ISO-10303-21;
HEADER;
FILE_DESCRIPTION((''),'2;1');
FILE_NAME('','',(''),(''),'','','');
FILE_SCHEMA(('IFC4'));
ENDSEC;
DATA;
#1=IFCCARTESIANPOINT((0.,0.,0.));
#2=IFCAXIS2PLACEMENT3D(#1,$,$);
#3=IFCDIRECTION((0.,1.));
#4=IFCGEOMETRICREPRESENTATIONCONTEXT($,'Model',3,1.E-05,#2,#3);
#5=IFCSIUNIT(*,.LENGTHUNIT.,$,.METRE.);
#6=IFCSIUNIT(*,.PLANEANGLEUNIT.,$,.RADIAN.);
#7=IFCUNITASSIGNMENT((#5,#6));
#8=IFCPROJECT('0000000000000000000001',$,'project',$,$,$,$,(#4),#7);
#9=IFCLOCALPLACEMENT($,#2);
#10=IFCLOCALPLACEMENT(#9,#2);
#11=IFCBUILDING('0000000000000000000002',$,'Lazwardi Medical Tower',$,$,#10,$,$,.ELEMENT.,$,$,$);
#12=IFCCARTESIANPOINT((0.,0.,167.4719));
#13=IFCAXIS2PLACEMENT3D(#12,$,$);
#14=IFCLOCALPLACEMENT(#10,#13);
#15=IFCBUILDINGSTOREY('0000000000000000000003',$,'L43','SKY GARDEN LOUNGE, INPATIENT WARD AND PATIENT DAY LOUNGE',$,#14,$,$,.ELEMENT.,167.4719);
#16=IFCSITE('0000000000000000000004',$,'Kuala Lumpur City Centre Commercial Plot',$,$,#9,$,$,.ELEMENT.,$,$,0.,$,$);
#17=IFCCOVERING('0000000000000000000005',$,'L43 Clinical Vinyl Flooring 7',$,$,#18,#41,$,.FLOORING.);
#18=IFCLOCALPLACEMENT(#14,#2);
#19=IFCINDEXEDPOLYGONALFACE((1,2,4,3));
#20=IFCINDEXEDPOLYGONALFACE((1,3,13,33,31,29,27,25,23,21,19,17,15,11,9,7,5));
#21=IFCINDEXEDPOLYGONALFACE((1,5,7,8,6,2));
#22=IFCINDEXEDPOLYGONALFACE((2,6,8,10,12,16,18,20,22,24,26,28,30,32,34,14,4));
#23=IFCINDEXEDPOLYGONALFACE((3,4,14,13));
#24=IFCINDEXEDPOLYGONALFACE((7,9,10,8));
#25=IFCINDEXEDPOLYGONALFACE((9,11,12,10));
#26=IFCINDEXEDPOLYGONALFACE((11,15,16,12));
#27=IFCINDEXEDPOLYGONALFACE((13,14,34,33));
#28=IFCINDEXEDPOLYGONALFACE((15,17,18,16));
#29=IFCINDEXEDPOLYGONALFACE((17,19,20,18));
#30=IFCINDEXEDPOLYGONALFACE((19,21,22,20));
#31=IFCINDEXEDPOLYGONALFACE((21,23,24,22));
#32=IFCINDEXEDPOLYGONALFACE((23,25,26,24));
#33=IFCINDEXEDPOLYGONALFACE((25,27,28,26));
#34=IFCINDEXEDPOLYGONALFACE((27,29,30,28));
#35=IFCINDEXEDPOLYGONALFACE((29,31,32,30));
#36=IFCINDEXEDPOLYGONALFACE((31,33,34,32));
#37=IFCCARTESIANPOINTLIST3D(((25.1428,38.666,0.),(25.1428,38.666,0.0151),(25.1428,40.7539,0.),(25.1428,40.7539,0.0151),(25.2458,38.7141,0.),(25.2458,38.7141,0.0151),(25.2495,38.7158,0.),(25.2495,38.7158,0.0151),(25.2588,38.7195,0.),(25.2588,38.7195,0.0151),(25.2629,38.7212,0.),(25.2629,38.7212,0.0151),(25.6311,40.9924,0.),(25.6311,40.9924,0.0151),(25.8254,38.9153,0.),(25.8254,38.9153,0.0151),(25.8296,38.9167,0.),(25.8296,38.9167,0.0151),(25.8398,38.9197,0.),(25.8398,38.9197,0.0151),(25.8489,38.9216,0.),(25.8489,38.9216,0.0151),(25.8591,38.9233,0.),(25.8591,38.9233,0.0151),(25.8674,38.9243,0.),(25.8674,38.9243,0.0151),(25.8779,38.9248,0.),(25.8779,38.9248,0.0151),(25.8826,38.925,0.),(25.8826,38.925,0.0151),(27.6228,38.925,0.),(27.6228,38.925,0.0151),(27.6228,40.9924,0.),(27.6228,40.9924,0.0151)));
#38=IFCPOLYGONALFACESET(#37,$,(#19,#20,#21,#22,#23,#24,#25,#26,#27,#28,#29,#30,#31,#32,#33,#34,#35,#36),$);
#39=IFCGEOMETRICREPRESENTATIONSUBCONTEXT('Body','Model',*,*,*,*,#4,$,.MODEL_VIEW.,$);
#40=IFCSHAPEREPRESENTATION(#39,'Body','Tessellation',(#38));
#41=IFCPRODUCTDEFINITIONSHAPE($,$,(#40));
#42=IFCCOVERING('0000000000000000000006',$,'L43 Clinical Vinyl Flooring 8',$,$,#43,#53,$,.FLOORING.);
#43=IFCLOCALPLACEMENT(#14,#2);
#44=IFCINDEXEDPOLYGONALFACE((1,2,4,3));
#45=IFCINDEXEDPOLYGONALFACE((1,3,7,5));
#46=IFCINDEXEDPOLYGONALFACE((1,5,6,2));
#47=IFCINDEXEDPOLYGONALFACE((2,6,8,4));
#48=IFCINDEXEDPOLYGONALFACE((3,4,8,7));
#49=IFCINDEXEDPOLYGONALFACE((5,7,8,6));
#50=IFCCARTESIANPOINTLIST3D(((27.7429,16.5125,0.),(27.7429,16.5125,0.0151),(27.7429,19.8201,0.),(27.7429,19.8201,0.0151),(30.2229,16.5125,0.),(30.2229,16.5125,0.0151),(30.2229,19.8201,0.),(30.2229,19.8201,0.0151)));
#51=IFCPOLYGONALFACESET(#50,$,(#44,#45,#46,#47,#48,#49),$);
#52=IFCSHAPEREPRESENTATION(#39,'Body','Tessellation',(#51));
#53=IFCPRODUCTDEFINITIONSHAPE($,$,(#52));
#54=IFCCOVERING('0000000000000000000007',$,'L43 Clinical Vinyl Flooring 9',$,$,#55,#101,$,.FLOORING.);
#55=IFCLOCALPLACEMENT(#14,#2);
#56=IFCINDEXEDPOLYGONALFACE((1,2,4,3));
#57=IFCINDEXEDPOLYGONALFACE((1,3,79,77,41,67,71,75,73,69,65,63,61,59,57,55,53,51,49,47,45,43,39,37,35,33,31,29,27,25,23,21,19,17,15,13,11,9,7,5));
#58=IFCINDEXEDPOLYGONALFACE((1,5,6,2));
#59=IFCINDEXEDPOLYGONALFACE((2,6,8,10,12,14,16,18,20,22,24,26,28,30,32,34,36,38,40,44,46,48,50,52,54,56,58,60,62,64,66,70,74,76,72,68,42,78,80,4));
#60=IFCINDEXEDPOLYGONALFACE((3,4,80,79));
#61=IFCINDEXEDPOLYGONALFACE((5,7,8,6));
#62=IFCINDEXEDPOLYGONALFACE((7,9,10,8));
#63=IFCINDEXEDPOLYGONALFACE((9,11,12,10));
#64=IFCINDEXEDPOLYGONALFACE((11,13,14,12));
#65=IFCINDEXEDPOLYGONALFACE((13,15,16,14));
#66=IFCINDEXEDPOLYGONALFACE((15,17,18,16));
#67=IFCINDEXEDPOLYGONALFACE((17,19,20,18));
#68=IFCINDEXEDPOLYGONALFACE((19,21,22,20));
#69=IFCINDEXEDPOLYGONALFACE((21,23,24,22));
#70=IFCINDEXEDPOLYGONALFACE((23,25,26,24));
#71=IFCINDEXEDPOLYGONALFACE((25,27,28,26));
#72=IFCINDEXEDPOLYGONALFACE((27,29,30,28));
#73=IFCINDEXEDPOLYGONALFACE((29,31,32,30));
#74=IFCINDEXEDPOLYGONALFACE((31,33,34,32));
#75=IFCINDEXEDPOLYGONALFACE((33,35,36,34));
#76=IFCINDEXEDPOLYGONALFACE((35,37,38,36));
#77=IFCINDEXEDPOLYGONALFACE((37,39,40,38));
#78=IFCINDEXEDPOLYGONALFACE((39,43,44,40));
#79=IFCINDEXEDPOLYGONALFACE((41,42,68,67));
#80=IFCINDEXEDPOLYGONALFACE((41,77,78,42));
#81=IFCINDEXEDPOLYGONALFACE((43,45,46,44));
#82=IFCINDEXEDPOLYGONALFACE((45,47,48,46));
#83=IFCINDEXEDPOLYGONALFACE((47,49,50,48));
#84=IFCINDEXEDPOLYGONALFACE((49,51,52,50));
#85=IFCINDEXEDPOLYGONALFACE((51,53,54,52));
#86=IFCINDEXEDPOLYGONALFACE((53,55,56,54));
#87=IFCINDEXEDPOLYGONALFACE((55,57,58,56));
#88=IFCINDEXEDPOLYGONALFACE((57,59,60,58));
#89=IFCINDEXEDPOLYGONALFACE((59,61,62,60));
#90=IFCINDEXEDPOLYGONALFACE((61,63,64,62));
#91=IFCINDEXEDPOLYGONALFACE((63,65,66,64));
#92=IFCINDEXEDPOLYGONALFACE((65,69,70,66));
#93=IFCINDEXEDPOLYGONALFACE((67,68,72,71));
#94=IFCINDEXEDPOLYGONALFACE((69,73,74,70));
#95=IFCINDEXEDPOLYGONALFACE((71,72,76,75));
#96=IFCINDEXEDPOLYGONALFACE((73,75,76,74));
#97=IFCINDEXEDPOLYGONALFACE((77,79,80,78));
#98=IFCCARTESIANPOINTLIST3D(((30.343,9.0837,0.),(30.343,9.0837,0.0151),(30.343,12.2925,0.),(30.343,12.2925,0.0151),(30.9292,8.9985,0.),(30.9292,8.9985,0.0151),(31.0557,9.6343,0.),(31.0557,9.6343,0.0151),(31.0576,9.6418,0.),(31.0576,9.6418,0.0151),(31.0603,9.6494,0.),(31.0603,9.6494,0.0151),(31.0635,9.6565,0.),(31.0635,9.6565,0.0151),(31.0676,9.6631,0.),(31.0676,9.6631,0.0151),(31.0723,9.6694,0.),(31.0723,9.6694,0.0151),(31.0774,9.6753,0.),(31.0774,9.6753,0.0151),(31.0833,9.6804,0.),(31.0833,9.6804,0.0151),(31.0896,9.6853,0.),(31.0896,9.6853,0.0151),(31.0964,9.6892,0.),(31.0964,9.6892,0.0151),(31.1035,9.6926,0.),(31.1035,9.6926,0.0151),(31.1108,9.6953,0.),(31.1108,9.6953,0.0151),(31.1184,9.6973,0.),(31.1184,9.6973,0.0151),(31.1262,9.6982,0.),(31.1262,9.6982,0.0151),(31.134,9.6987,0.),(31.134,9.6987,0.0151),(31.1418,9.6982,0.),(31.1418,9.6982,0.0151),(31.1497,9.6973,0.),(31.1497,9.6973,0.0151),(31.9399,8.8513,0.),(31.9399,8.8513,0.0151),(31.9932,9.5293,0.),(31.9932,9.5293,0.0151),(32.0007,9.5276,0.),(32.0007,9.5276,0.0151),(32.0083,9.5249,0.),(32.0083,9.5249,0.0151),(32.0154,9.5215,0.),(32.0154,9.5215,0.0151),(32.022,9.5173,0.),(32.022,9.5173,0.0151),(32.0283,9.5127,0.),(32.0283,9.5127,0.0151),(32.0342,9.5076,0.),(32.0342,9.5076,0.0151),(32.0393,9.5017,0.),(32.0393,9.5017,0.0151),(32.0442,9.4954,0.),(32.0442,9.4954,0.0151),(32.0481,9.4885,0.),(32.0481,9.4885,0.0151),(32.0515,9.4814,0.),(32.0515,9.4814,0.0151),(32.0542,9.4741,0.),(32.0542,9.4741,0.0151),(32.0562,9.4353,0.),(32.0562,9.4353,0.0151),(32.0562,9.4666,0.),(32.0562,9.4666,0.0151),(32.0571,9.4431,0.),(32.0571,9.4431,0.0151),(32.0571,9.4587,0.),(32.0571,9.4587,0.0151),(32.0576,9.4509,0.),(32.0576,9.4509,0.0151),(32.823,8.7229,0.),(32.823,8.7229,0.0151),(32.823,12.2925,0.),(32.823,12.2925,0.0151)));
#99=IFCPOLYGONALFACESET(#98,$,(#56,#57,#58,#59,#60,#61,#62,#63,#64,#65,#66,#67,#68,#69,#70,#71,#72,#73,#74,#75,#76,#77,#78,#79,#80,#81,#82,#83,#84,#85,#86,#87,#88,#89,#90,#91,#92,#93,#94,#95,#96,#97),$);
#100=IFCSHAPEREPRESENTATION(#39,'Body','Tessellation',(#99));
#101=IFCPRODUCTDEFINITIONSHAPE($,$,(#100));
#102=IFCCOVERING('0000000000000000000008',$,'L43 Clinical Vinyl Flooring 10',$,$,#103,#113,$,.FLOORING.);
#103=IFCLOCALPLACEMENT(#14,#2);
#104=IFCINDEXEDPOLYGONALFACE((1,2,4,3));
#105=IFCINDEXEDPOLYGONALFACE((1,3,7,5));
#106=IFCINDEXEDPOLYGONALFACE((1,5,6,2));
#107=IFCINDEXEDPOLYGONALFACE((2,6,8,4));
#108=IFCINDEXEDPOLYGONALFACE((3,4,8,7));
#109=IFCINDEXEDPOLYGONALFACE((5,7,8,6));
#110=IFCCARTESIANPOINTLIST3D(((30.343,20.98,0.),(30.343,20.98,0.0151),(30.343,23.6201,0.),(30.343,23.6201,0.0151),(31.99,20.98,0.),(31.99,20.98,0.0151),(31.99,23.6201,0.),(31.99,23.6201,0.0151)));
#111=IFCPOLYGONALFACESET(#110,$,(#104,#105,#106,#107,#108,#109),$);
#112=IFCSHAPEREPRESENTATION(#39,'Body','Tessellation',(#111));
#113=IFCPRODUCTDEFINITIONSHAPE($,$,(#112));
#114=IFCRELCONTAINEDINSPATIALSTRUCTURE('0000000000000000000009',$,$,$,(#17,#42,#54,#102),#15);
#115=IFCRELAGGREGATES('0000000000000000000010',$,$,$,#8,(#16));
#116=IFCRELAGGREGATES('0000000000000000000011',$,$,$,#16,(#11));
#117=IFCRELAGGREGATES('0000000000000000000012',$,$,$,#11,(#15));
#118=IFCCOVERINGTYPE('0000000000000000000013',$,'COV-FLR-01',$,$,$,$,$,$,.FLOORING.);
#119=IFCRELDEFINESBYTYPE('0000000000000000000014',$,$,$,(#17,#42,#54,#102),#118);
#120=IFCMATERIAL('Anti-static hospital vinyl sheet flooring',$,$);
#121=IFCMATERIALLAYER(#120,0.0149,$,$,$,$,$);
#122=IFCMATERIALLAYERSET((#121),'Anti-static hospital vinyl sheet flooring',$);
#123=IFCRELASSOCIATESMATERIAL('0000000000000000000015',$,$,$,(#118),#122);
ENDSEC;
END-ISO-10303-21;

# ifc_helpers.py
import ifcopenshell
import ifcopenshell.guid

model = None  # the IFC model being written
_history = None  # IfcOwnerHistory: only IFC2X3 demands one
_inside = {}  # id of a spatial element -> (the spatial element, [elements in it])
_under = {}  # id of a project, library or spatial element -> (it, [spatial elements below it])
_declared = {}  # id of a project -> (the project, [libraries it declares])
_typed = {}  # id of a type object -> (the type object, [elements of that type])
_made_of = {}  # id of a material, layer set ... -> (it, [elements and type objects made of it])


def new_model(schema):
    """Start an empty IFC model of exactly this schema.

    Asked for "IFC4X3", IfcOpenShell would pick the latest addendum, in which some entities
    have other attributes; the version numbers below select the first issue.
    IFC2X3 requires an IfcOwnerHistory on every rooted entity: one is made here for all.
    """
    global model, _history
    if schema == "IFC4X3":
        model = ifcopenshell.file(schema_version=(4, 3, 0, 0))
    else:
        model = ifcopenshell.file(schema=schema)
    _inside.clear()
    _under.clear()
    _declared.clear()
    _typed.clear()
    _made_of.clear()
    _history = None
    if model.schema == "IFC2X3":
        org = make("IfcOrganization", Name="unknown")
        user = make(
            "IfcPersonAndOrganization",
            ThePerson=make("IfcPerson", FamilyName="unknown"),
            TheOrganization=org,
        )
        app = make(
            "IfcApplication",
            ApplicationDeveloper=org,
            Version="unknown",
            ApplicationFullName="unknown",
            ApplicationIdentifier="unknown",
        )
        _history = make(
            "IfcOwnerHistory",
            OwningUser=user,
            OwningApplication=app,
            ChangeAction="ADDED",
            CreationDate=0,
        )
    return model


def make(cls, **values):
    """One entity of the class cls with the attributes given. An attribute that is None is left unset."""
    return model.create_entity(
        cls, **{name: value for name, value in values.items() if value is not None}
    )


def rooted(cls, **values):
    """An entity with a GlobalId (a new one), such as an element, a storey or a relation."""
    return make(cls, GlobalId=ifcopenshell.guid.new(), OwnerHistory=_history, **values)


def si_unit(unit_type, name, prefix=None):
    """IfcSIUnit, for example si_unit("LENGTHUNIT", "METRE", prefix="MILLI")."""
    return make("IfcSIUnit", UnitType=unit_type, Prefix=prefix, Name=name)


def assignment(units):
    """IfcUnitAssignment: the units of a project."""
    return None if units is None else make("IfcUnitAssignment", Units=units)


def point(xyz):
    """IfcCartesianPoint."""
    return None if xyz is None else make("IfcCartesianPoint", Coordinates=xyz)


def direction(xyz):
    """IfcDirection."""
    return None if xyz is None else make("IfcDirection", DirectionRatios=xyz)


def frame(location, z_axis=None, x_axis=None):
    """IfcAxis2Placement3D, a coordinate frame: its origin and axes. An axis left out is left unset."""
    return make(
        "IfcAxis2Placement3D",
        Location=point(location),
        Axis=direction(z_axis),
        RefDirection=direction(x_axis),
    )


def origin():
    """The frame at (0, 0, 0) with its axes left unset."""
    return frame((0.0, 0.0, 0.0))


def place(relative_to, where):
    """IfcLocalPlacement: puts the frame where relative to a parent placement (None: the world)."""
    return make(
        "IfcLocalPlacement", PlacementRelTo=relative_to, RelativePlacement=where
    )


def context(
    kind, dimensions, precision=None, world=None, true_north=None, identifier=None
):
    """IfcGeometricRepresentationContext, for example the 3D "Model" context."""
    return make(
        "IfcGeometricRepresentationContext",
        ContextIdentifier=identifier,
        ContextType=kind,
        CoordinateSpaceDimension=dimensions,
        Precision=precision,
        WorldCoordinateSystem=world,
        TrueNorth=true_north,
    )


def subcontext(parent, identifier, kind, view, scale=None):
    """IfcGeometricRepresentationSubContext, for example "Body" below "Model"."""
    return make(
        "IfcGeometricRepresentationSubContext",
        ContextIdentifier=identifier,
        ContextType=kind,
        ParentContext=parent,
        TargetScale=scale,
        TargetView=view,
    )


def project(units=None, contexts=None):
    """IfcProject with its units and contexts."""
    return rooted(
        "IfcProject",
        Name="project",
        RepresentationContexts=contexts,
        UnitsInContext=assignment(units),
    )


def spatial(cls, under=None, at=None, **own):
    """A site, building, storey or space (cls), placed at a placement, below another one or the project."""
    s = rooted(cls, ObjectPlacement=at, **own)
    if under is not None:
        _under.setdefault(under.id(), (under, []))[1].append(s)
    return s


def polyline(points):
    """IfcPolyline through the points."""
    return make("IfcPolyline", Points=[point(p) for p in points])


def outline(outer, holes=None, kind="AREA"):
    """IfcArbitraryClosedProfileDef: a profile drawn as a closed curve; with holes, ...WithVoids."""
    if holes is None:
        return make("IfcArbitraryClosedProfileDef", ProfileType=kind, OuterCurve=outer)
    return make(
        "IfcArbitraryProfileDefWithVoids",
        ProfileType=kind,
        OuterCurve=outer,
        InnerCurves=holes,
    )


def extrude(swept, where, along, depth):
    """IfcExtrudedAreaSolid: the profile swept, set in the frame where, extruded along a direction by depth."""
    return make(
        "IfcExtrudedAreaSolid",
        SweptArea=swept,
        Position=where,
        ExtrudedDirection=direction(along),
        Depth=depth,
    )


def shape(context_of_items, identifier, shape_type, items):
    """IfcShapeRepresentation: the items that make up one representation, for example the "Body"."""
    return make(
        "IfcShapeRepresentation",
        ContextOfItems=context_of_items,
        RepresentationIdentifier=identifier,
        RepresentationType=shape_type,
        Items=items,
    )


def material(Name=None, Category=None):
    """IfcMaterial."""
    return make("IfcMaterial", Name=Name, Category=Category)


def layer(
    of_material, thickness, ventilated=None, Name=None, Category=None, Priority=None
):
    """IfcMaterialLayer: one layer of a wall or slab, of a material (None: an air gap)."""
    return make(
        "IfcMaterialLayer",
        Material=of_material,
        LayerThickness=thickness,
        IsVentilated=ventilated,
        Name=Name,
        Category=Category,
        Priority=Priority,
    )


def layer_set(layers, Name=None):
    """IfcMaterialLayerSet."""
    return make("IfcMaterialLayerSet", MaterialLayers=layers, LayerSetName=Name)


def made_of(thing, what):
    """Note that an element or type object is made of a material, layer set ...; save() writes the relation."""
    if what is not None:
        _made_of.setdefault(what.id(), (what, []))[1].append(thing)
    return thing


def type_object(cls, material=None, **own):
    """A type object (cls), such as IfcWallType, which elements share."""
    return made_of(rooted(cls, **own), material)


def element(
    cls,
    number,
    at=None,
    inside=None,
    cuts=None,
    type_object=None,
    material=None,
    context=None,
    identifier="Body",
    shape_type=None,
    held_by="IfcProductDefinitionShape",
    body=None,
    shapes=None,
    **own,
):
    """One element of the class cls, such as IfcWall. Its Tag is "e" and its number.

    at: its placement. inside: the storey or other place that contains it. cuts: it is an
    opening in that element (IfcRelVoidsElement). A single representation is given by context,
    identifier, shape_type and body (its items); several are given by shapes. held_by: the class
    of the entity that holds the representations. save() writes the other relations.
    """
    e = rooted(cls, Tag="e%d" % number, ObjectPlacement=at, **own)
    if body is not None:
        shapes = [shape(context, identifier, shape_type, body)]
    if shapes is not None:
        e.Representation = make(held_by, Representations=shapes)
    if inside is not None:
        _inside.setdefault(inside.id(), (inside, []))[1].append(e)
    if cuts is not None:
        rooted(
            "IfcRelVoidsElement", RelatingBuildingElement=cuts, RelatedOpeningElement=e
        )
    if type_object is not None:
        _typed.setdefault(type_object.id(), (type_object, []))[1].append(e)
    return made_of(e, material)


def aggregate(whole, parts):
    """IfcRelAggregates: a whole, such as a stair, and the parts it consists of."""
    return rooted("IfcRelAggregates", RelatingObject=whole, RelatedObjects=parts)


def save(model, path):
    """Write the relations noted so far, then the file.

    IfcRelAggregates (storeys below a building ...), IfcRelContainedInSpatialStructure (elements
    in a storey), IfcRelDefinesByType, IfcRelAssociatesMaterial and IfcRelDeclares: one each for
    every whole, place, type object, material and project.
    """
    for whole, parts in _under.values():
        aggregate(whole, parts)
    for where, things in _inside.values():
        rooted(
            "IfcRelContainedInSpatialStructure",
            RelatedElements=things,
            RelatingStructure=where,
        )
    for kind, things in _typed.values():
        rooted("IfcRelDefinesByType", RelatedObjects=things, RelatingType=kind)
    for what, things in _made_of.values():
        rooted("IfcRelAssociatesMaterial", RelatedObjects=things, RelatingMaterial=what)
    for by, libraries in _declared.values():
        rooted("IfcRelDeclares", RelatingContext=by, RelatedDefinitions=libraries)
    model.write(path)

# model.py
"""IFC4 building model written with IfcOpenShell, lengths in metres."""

from ifc_helpers import new_model, si_unit, direction, frame, origin, place, context, subcontext, project, spatial, polyline, outline, extrude, material, layer, layer_set, type_object, element, save


model = new_model("IFC4")

# Units and contexts
model_context = context("Model", 3, precision=1e-05, world=origin(), true_north=direction((0.0, 1.0)))
body_context = subcontext(model_context, "Body", "Model", "MODEL_VIEW")
ifc_project = project(units=[si_unit("LENGTHUNIT", "METRE"), si_unit("PLANEANGLEUNIT", "RADIAN")], contexts=[model_context])

# Site, building, storey
site_placement = place(None, origin())
site = spatial("IfcSite", under=ifc_project, at=site_placement, Name="Kuala Lumpur City Centre Commercial Plot", CompositionType="ELEMENT", RefElevation=0.0)
building_placement = place(site_placement, origin())
building = spatial("IfcBuilding", under=site, at=building_placement, Name="Lazwardi Medical Tower", CompositionType="ELEMENT")
storey_placement = place(building_placement, frame((0.0, 0.0, 167.4719)))
storey = spatial("IfcBuildingStorey", under=building, at=storey_placement, Name="L43", Description="SKY GARDEN LOUNGE, INPATIENT WARD AND PATIENT DAY LOUNGE", CompositionType="ELEMENT", Elevation=167.4719)

# Coverings
ifc_material_1 = material(Name="Anti-static hospital vinyl sheet flooring")
ifc_layer_1 = layer(ifc_material_1, 0.0149)
ifc_layer_set_1 = layer_set([ifc_layer_1], Name="Anti-static hospital vinyl sheet flooring")
covering_type_1 = type_object("IfcCoveringType", Name="COV-FLR-01", PredefinedType="FLOORING", material=ifc_layer_set_1)
covering_1_placement = place(storey_placement, origin())
element("IfcCovering", 1, at=covering_1_placement, inside=storey, type_object=covering_type_1, Name="L43 Clinical Vinyl Flooring 7", PredefinedType="FLOORING", context=body_context, shape_type="SweptSolid", body=[
    extrude(outline(polyline([(25.6311, 40.9924), (25.1428, 40.7539), (25.1428, 38.666), (25.2458, 38.7141), (25.2495, 38.7158), (25.2588, 38.7195), (25.2629, 38.7212), (25.8254, 38.9153), (25.8296, 38.9167), (25.8398, 38.9197), (25.8489, 38.9216), (25.8591, 38.9233), (25.8674, 38.9243), (25.8779, 38.9248), (25.8826, 38.925), (27.6228, 38.925), (27.6228, 40.9924), (25.6311, 40.9924)])), origin(), (0.0, 0.0, 1.0), 0.0151),
])
covering_2_placement = place(storey_placement, origin())
element("IfcCovering", 2, at=covering_2_placement, inside=storey, type_object=covering_type_1, Name="L43 Clinical Vinyl Flooring 8", PredefinedType="FLOORING", context=body_context, shape_type="SweptSolid", body=[
    extrude(outline(polyline([(30.2229, 19.8201), (27.7429, 19.8201), (27.7429, 16.5125), (30.2229, 16.5125), (30.2229, 19.8201)])), origin(), (0.0, 0.0, 1.0), 0.0151),
])
covering_3_placement = place(storey_placement, origin())
element("IfcCovering", 3, at=covering_3_placement, inside=storey, type_object=covering_type_1, Name="L43 Clinical Vinyl Flooring 9", PredefinedType="FLOORING", context=body_context, shape_type="SweptSolid", body=[
    extrude(outline(polyline([(30.343, 9.0837), (30.9292, 8.9985), (31.0557, 9.6343), (31.0576, 9.6418), (31.0603, 9.6494), (31.0635, 9.6565), (31.0676, 9.6631), (31.0723, 9.6694), (31.0774, 9.6753), (31.0833, 9.6804), (31.0896, 9.6853), (31.0964, 9.6892), (31.1035, 9.6926), (31.1108, 9.6953), (31.1184, 9.6973), (31.1262, 9.6982), (31.134, 9.6987), (31.1418, 9.6982), (31.1497, 9.6973), (31.9932, 9.5293), (32.0007, 9.5276), (32.0083, 9.5249), (32.0154, 9.5215), (32.022, 9.5173), (32.0283, 9.5127), (32.0342, 9.5076), (32.0393, 9.5017), (32.0442, 9.4954), (32.0481, 9.4885), (32.0515, 9.4814), (32.0542, 9.4741), (32.0562, 9.4666), (32.0571, 9.4587), (32.0576, 9.4509), (32.0571, 9.4431), (32.0562, 9.4353), (31.9399, 8.8513), (32.823, 8.7229), (32.823, 12.2925), (30.343, 12.2925), (30.343, 9.0837)])), origin(), (0.0, 0.0, 1.0), 0.0151),
])
covering_4_placement = place(storey_placement, origin())
element("IfcCovering", 4, at=covering_4_placement, inside=storey, type_object=covering_type_1, Name="L43 Clinical Vinyl Flooring 10", PredefinedType="FLOORING", context=body_context, shape_type="SweptSolid", body=[
    extrude(outline(polyline([(30.343, 20.98), (31.99, 20.98), (31.99, 23.6201), (30.343, 23.6201), (30.343, 20.98)])), origin(), (0.0, 0.0, 1.0), 0.0151),
])

save(model, "model.ifc")
